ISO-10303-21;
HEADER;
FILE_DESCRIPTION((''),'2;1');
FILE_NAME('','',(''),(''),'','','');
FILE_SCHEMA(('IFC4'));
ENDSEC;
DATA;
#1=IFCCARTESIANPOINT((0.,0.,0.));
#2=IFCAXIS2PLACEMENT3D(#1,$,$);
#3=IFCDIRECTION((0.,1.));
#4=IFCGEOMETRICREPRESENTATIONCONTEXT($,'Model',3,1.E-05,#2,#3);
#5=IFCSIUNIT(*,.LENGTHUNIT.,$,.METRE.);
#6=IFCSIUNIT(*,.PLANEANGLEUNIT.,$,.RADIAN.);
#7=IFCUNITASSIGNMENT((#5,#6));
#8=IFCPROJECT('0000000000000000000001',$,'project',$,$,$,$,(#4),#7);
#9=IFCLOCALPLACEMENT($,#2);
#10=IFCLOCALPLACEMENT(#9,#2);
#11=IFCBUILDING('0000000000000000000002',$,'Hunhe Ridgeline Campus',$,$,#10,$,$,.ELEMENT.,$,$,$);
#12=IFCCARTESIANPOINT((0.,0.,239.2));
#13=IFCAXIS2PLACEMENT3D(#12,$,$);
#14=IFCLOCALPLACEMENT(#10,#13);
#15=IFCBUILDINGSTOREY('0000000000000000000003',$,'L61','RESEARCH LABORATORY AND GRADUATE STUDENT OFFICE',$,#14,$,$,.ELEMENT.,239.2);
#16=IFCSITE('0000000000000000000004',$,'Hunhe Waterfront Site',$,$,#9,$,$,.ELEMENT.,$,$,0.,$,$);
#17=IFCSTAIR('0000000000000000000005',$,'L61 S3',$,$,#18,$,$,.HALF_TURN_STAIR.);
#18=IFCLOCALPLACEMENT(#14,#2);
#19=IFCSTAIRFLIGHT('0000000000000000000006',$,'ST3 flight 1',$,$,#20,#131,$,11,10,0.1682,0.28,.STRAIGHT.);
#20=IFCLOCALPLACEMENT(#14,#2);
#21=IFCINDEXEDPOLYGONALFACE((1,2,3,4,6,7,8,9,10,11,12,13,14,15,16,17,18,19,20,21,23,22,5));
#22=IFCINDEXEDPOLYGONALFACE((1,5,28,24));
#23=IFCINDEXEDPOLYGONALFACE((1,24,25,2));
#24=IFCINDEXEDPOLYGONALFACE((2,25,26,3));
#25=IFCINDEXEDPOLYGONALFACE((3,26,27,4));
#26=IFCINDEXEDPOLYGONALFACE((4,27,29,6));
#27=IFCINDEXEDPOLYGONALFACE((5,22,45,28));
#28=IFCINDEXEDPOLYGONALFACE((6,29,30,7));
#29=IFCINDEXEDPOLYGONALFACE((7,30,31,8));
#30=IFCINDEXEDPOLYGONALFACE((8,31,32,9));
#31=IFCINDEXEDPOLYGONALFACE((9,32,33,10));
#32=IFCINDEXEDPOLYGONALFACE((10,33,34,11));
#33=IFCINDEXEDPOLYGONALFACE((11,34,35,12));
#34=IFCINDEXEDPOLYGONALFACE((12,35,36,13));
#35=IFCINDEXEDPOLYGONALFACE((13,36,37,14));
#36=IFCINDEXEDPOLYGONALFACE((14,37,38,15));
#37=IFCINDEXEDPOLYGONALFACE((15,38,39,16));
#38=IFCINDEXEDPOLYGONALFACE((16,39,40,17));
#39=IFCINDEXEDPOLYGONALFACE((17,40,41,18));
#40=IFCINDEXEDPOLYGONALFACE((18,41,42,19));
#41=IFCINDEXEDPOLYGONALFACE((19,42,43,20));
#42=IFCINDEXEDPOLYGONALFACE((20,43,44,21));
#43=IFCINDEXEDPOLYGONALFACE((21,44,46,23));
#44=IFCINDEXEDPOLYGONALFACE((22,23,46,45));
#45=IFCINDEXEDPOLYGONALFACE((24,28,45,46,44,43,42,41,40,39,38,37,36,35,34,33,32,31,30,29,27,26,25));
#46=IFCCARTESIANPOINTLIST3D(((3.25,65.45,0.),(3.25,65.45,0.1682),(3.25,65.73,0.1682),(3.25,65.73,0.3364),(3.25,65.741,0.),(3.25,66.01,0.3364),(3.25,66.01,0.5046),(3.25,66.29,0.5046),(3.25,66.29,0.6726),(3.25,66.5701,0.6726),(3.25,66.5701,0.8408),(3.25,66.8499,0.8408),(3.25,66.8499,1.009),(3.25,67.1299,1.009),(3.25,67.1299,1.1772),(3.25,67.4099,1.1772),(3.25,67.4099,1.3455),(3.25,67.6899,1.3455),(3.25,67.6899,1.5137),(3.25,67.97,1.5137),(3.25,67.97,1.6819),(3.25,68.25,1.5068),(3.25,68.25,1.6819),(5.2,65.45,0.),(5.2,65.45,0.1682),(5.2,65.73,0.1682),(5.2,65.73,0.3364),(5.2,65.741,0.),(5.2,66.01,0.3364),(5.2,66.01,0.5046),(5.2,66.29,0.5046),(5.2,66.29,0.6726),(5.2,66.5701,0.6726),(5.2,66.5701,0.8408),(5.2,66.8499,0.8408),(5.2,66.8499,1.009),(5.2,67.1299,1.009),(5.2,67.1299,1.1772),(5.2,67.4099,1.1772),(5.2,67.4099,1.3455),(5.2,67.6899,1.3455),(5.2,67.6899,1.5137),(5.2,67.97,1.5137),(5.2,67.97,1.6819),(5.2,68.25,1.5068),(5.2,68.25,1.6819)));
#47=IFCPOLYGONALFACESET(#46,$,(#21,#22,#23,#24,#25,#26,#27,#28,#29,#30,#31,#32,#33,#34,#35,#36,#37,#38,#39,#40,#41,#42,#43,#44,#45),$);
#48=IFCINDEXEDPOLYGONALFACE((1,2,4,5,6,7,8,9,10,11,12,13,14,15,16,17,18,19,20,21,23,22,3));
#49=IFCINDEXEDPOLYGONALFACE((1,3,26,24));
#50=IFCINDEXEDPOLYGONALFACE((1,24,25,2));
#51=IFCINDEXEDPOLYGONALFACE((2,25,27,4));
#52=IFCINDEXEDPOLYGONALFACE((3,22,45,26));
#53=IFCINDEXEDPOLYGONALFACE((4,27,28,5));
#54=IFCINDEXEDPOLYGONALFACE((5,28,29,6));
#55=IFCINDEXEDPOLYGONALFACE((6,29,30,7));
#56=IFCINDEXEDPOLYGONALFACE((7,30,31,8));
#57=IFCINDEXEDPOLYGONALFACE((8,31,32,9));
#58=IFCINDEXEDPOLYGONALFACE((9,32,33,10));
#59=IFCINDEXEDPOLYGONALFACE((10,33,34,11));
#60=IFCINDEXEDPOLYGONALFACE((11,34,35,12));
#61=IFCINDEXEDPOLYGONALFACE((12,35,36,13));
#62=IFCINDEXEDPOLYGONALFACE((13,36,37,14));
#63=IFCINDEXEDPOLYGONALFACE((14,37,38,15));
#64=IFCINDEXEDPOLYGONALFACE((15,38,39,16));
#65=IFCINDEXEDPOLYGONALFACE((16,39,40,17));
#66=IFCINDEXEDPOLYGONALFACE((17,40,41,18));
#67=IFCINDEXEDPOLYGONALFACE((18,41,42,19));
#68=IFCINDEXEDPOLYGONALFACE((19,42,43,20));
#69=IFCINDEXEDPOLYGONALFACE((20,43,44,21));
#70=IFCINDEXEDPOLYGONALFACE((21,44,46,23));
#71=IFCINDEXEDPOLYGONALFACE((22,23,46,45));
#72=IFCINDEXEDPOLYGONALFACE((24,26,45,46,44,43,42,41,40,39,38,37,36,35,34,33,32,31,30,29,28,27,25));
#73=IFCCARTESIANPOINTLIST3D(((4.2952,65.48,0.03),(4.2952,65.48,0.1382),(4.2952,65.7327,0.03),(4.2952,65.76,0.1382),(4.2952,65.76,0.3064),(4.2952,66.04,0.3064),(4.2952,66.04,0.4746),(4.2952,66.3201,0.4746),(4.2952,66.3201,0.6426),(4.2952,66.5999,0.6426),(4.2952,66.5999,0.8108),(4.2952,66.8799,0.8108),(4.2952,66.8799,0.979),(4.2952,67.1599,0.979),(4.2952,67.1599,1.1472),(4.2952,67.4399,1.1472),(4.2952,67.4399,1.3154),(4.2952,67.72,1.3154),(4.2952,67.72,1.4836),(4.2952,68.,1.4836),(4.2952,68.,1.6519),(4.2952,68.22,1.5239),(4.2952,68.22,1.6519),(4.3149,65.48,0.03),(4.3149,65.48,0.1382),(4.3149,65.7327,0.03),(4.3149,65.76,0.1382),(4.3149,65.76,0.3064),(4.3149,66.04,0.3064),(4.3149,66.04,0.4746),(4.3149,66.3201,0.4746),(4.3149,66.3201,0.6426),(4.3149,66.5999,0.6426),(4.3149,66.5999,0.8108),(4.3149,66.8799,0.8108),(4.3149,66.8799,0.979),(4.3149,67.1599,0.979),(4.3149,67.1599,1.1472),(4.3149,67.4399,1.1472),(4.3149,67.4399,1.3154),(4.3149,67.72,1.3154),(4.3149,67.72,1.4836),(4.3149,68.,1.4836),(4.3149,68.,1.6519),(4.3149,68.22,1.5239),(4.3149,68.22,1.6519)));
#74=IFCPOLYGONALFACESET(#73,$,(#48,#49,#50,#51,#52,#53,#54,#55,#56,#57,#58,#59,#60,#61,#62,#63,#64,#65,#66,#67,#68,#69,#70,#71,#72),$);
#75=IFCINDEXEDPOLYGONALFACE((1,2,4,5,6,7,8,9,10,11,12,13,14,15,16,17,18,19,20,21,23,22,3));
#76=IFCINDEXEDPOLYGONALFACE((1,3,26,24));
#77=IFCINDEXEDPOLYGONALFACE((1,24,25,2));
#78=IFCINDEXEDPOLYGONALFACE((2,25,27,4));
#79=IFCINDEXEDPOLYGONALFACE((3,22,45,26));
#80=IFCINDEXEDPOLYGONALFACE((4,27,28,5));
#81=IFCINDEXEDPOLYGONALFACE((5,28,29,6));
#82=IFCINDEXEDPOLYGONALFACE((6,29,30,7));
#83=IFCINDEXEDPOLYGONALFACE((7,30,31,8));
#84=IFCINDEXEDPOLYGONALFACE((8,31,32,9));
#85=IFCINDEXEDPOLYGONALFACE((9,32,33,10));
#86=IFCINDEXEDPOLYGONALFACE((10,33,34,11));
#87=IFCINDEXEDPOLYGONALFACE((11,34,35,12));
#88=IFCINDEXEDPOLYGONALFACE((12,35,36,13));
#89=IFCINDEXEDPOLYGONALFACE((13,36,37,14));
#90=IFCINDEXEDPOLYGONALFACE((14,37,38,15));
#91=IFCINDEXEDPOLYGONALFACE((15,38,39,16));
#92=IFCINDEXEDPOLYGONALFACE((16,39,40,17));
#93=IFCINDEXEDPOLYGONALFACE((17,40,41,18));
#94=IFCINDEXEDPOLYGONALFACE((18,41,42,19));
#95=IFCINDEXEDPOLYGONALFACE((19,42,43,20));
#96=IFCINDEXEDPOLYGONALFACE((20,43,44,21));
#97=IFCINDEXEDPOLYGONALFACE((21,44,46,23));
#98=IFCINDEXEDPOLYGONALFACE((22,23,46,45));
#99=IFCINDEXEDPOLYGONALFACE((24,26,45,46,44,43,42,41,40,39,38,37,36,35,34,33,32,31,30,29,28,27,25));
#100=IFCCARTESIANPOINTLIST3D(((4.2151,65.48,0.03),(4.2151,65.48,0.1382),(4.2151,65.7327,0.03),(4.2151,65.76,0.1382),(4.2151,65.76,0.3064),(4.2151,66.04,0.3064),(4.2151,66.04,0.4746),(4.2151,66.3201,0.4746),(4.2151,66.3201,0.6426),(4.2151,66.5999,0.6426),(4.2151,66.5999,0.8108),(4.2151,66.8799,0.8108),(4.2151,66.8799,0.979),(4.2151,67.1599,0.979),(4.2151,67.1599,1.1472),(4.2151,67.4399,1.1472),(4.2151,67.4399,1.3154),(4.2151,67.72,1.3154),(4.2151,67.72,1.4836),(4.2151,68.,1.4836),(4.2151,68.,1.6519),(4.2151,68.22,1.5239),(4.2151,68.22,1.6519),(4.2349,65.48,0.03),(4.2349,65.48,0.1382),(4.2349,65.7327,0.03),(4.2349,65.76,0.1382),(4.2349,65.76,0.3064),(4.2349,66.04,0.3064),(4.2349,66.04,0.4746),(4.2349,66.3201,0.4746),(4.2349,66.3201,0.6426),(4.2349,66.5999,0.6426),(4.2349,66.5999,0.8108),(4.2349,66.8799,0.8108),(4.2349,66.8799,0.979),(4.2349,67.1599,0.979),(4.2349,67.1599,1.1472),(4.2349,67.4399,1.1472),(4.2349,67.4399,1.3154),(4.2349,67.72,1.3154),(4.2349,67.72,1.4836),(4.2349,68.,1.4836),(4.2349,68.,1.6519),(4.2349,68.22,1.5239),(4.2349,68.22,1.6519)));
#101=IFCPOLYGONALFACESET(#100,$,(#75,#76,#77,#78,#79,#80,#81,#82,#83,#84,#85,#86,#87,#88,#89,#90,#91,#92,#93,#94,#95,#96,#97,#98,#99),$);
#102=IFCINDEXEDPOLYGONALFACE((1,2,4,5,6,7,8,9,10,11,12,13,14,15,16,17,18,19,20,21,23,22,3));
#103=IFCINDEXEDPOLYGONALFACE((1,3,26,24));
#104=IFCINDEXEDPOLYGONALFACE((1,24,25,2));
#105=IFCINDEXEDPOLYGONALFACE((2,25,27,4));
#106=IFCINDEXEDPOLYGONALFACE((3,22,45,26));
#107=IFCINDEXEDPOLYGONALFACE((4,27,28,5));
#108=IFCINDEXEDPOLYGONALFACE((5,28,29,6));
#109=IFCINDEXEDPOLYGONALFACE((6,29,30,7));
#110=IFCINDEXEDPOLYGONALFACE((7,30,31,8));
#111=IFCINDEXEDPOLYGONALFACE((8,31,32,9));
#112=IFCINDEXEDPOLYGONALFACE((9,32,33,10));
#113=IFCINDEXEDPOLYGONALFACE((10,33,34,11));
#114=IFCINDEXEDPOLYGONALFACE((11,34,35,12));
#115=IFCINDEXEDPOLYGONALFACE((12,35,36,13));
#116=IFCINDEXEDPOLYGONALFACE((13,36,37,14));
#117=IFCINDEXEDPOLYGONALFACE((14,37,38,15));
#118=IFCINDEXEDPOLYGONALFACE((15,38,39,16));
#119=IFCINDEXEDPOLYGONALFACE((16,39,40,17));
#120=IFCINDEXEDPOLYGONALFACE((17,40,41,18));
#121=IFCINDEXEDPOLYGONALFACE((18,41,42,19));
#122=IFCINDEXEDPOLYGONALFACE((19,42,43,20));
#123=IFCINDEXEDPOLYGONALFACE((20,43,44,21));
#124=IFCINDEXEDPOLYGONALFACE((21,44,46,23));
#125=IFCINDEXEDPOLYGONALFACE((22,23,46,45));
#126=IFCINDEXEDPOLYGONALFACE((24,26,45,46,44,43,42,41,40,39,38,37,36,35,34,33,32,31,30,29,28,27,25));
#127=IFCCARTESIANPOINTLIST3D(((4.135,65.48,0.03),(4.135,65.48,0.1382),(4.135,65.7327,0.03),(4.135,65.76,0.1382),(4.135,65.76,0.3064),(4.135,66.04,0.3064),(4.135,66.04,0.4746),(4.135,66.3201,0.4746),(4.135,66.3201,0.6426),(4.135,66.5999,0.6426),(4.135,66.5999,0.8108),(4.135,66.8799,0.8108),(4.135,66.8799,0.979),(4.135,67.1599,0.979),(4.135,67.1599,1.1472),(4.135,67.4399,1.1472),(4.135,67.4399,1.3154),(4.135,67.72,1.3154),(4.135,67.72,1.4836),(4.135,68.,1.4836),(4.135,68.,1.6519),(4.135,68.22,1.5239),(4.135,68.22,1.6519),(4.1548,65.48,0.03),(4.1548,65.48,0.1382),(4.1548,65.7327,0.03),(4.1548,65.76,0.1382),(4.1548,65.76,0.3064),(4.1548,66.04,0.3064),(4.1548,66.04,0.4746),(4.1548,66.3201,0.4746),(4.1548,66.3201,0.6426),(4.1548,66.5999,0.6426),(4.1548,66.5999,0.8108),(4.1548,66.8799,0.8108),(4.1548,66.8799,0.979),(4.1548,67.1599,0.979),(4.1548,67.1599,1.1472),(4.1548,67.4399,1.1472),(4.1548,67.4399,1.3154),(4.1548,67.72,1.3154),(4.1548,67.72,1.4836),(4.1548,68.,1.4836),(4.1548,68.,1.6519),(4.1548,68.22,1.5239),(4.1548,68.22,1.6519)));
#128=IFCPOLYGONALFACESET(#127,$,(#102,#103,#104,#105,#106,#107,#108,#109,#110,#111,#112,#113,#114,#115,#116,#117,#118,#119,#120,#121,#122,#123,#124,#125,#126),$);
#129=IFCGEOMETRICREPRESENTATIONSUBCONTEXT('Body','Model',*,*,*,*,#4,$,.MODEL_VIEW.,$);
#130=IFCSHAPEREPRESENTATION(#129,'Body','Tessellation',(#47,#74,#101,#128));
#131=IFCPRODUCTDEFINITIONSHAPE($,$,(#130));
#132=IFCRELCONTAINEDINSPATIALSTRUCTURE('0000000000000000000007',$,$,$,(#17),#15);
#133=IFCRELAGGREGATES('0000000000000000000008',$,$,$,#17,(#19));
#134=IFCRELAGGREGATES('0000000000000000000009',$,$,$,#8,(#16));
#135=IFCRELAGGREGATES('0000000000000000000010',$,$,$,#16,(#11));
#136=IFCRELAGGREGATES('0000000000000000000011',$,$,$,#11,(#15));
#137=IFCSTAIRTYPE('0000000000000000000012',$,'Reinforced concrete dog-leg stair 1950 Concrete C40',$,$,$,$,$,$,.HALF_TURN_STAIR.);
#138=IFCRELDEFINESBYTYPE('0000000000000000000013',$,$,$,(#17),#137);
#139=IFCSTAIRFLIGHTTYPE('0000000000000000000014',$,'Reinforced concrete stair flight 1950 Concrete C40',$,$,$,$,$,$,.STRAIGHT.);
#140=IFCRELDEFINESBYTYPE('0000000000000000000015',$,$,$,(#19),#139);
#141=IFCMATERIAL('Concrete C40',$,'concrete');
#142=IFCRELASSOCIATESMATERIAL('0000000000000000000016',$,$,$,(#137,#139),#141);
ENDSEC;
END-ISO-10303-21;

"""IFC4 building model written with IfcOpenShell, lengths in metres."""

from ifc_helpers import new_model, si_unit, direction, frame, origin, place, context, subcontext, project, spatial, polyline, outline, extrude, material, type_object, element, aggregate, save


model = new_model("IFC4")

# Units and contexts
model_context = context("Model", 3, precision=1e-05, world=origin(), true_north=direction((0.0, 1.0)))
body_context = subcontext(model_context, "Body", "Model", "MODEL_VIEW")
ifc_project = project(units=[si_unit("LENGTHUNIT", "METRE"), si_unit("PLANEANGLEUNIT", "RADIAN")], contexts=[model_context])

# Site, building, storey
site_placement = place(None, origin())
site = spatial("IfcSite", under=ifc_project, at=site_placement, Name="Hunhe Waterfront Site", CompositionType="ELEMENT", RefElevation=0.0)
building_placement = place(site_placement, origin())
building = spatial("IfcBuilding", under=site, at=building_placement, Name="Hunhe Ridgeline Campus", CompositionType="ELEMENT")
storey_placement = place(building_placement, frame((0.0, 0.0, 239.2)))
storey = spatial("IfcBuildingStorey", under=building, at=storey_placement, Name="L61", Description="RESEARCH LABORATORY AND GRADUATE STUDENT OFFICE", CompositionType="ELEMENT", Elevation=239.2)

# Stair, stair flight
ifc_material_1 = material(Name="Concrete C40", Category="concrete")
stair_type = type_object("IfcStairType", Name="Reinforced concrete dog-leg stair 1950 Concrete C40", PredefinedType="HALF_TURN_STAIR", material=ifc_material_1)
stair_1_placement = place(storey_placement, origin())
stair_1 = element("IfcStair", 1, at=stair_1_placement, inside=storey, type_object=stair_type, Name="L61 S3", PredefinedType="HALF_TURN_STAIR")
stair_flight_type = type_object("IfcStairFlightType", Name="Reinforced concrete stair flight 1950 Concrete C40", PredefinedType="STRAIGHT", material=ifc_material_1)
stair_flight_1_placement = place(storey_placement, frame((4.2251, 65.45, 0.0), z_axis=(0.0, 0.0, 1.0), x_axis=(0.0, 1.0, 0.0)))
stair_flight_1 = element("IfcStairFlight", 2, at=stair_flight_1_placement, type_object=stair_flight_type, Name="ST3 flight 1", NumberOfRisers=11, NumberOfTreads=10, PredefinedType="STRAIGHT", RiserHeight=0.1682, TreadLength=0.28, context=body_context, shape_type="SweptSolid", body=[
    extrude(outline(polyline([(0.0, 0.0), (0.0, 0.1682), (0.28, 0.1682), (0.28, 0.3364), (0.5601, 0.3364), (0.5601, 0.5046), (0.8401, 0.5046), (0.8401, 0.6726), (1.1201, 0.6726), (1.1201, 0.8408), (1.3999, 0.8408), (1.3999, 1.009), (1.6799, 1.009), (1.6799, 1.1772), (1.96, 1.1772), (1.96, 1.3455), (2.24, 1.3455), (2.24, 1.5137), (2.52, 1.5137), (2.52, 1.6819), (2.8, 1.6819), (2.8, 1.8501), (2.8, 1.5068), (0.291, 0.0), (0.0, 0.0)])), frame((0.0, 0.9751, 0.0), z_axis=(0.0, -1.0, 0.0), x_axis=(1.0, 0.0, 0.0)), (0.0, 0.0, 1.0), 1.95),
    extrude(outline(polyline([(0.03, 0.03), (0.03, 0.1382), (0.3101, 0.1382), (0.3101, 0.3064), (0.5901, 0.3064), (0.5901, 0.4746), (0.8701, 0.4746), (0.8701, 0.6426), (1.1499, 0.6426), (1.1499, 0.8108), (1.4299, 0.8108), (1.4299, 0.979), (1.71, 0.979), (1.71, 1.1472), (1.99, 1.1472), (1.99, 1.3154), (2.27, 1.3154), (2.27, 1.4836), (2.55, 1.4836), (2.55, 1.6519), (2.77, 1.6519), (2.77, 1.5239), (0.2827, 0.03), (0.03, 0.03)])), frame((0.0, -0.0701, 0.0), z_axis=(0.0, -1.0, 0.0), x_axis=(1.0, 0.0, 0.0)), (0.0, 0.0, 1.0), 0.0198),
    extrude(outline(polyline([(0.03, 0.03), (0.03, 0.1382), (0.3101, 0.1382), (0.3101, 0.3064), (0.5901, 0.3064), (0.5901, 0.4746), (0.8701, 0.4746), (0.8701, 0.6426), (1.1499, 0.6426), (1.1499, 0.8108), (1.4299, 0.8108), (1.4299, 0.979), (1.71, 0.979), (1.71, 1.1472), (1.99, 1.1472), (1.99, 1.3154), (2.27, 1.3154), (2.27, 1.4836), (2.55, 1.4836), (2.55, 1.6519), (2.77, 1.6519), (2.77, 1.5239), (0.2827, 0.03), (0.03, 0.03)])), frame((0.0, 0.01, 0.0), z_axis=(0.0, -1.0, 0.0), x_axis=(1.0, 0.0, 0.0)), (0.0, 0.0, 1.0), 0.0198),
    extrude(outline(polyline([(0.03, 0.03), (0.03, 0.1382), (0.3101, 0.1382), (0.3101, 0.3064), (0.5901, 0.3064), (0.5901, 0.4746), (0.8701, 0.4746), (0.8701, 0.6426), (1.1499, 0.6426), (1.1499, 0.8108), (1.4299, 0.8108), (1.4299, 0.979), (1.71, 0.979), (1.71, 1.1472), (1.99, 1.1472), (1.99, 1.3154), (2.27, 1.3154), (2.27, 1.4836), (2.55, 1.4836), (2.55, 1.6519), (2.77, 1.6519), (2.77, 1.5239), (0.2827, 0.03), (0.03, 0.03)])), frame((0.0, 0.0901, 0.0), z_axis=(0.0, -1.0, 0.0), x_axis=(1.0, 0.0, 0.0)), (0.0, 0.0, 1.0), 0.0198),
])
aggregate(stair_1, [stair_flight_1])

save(model, "model.ifc")
